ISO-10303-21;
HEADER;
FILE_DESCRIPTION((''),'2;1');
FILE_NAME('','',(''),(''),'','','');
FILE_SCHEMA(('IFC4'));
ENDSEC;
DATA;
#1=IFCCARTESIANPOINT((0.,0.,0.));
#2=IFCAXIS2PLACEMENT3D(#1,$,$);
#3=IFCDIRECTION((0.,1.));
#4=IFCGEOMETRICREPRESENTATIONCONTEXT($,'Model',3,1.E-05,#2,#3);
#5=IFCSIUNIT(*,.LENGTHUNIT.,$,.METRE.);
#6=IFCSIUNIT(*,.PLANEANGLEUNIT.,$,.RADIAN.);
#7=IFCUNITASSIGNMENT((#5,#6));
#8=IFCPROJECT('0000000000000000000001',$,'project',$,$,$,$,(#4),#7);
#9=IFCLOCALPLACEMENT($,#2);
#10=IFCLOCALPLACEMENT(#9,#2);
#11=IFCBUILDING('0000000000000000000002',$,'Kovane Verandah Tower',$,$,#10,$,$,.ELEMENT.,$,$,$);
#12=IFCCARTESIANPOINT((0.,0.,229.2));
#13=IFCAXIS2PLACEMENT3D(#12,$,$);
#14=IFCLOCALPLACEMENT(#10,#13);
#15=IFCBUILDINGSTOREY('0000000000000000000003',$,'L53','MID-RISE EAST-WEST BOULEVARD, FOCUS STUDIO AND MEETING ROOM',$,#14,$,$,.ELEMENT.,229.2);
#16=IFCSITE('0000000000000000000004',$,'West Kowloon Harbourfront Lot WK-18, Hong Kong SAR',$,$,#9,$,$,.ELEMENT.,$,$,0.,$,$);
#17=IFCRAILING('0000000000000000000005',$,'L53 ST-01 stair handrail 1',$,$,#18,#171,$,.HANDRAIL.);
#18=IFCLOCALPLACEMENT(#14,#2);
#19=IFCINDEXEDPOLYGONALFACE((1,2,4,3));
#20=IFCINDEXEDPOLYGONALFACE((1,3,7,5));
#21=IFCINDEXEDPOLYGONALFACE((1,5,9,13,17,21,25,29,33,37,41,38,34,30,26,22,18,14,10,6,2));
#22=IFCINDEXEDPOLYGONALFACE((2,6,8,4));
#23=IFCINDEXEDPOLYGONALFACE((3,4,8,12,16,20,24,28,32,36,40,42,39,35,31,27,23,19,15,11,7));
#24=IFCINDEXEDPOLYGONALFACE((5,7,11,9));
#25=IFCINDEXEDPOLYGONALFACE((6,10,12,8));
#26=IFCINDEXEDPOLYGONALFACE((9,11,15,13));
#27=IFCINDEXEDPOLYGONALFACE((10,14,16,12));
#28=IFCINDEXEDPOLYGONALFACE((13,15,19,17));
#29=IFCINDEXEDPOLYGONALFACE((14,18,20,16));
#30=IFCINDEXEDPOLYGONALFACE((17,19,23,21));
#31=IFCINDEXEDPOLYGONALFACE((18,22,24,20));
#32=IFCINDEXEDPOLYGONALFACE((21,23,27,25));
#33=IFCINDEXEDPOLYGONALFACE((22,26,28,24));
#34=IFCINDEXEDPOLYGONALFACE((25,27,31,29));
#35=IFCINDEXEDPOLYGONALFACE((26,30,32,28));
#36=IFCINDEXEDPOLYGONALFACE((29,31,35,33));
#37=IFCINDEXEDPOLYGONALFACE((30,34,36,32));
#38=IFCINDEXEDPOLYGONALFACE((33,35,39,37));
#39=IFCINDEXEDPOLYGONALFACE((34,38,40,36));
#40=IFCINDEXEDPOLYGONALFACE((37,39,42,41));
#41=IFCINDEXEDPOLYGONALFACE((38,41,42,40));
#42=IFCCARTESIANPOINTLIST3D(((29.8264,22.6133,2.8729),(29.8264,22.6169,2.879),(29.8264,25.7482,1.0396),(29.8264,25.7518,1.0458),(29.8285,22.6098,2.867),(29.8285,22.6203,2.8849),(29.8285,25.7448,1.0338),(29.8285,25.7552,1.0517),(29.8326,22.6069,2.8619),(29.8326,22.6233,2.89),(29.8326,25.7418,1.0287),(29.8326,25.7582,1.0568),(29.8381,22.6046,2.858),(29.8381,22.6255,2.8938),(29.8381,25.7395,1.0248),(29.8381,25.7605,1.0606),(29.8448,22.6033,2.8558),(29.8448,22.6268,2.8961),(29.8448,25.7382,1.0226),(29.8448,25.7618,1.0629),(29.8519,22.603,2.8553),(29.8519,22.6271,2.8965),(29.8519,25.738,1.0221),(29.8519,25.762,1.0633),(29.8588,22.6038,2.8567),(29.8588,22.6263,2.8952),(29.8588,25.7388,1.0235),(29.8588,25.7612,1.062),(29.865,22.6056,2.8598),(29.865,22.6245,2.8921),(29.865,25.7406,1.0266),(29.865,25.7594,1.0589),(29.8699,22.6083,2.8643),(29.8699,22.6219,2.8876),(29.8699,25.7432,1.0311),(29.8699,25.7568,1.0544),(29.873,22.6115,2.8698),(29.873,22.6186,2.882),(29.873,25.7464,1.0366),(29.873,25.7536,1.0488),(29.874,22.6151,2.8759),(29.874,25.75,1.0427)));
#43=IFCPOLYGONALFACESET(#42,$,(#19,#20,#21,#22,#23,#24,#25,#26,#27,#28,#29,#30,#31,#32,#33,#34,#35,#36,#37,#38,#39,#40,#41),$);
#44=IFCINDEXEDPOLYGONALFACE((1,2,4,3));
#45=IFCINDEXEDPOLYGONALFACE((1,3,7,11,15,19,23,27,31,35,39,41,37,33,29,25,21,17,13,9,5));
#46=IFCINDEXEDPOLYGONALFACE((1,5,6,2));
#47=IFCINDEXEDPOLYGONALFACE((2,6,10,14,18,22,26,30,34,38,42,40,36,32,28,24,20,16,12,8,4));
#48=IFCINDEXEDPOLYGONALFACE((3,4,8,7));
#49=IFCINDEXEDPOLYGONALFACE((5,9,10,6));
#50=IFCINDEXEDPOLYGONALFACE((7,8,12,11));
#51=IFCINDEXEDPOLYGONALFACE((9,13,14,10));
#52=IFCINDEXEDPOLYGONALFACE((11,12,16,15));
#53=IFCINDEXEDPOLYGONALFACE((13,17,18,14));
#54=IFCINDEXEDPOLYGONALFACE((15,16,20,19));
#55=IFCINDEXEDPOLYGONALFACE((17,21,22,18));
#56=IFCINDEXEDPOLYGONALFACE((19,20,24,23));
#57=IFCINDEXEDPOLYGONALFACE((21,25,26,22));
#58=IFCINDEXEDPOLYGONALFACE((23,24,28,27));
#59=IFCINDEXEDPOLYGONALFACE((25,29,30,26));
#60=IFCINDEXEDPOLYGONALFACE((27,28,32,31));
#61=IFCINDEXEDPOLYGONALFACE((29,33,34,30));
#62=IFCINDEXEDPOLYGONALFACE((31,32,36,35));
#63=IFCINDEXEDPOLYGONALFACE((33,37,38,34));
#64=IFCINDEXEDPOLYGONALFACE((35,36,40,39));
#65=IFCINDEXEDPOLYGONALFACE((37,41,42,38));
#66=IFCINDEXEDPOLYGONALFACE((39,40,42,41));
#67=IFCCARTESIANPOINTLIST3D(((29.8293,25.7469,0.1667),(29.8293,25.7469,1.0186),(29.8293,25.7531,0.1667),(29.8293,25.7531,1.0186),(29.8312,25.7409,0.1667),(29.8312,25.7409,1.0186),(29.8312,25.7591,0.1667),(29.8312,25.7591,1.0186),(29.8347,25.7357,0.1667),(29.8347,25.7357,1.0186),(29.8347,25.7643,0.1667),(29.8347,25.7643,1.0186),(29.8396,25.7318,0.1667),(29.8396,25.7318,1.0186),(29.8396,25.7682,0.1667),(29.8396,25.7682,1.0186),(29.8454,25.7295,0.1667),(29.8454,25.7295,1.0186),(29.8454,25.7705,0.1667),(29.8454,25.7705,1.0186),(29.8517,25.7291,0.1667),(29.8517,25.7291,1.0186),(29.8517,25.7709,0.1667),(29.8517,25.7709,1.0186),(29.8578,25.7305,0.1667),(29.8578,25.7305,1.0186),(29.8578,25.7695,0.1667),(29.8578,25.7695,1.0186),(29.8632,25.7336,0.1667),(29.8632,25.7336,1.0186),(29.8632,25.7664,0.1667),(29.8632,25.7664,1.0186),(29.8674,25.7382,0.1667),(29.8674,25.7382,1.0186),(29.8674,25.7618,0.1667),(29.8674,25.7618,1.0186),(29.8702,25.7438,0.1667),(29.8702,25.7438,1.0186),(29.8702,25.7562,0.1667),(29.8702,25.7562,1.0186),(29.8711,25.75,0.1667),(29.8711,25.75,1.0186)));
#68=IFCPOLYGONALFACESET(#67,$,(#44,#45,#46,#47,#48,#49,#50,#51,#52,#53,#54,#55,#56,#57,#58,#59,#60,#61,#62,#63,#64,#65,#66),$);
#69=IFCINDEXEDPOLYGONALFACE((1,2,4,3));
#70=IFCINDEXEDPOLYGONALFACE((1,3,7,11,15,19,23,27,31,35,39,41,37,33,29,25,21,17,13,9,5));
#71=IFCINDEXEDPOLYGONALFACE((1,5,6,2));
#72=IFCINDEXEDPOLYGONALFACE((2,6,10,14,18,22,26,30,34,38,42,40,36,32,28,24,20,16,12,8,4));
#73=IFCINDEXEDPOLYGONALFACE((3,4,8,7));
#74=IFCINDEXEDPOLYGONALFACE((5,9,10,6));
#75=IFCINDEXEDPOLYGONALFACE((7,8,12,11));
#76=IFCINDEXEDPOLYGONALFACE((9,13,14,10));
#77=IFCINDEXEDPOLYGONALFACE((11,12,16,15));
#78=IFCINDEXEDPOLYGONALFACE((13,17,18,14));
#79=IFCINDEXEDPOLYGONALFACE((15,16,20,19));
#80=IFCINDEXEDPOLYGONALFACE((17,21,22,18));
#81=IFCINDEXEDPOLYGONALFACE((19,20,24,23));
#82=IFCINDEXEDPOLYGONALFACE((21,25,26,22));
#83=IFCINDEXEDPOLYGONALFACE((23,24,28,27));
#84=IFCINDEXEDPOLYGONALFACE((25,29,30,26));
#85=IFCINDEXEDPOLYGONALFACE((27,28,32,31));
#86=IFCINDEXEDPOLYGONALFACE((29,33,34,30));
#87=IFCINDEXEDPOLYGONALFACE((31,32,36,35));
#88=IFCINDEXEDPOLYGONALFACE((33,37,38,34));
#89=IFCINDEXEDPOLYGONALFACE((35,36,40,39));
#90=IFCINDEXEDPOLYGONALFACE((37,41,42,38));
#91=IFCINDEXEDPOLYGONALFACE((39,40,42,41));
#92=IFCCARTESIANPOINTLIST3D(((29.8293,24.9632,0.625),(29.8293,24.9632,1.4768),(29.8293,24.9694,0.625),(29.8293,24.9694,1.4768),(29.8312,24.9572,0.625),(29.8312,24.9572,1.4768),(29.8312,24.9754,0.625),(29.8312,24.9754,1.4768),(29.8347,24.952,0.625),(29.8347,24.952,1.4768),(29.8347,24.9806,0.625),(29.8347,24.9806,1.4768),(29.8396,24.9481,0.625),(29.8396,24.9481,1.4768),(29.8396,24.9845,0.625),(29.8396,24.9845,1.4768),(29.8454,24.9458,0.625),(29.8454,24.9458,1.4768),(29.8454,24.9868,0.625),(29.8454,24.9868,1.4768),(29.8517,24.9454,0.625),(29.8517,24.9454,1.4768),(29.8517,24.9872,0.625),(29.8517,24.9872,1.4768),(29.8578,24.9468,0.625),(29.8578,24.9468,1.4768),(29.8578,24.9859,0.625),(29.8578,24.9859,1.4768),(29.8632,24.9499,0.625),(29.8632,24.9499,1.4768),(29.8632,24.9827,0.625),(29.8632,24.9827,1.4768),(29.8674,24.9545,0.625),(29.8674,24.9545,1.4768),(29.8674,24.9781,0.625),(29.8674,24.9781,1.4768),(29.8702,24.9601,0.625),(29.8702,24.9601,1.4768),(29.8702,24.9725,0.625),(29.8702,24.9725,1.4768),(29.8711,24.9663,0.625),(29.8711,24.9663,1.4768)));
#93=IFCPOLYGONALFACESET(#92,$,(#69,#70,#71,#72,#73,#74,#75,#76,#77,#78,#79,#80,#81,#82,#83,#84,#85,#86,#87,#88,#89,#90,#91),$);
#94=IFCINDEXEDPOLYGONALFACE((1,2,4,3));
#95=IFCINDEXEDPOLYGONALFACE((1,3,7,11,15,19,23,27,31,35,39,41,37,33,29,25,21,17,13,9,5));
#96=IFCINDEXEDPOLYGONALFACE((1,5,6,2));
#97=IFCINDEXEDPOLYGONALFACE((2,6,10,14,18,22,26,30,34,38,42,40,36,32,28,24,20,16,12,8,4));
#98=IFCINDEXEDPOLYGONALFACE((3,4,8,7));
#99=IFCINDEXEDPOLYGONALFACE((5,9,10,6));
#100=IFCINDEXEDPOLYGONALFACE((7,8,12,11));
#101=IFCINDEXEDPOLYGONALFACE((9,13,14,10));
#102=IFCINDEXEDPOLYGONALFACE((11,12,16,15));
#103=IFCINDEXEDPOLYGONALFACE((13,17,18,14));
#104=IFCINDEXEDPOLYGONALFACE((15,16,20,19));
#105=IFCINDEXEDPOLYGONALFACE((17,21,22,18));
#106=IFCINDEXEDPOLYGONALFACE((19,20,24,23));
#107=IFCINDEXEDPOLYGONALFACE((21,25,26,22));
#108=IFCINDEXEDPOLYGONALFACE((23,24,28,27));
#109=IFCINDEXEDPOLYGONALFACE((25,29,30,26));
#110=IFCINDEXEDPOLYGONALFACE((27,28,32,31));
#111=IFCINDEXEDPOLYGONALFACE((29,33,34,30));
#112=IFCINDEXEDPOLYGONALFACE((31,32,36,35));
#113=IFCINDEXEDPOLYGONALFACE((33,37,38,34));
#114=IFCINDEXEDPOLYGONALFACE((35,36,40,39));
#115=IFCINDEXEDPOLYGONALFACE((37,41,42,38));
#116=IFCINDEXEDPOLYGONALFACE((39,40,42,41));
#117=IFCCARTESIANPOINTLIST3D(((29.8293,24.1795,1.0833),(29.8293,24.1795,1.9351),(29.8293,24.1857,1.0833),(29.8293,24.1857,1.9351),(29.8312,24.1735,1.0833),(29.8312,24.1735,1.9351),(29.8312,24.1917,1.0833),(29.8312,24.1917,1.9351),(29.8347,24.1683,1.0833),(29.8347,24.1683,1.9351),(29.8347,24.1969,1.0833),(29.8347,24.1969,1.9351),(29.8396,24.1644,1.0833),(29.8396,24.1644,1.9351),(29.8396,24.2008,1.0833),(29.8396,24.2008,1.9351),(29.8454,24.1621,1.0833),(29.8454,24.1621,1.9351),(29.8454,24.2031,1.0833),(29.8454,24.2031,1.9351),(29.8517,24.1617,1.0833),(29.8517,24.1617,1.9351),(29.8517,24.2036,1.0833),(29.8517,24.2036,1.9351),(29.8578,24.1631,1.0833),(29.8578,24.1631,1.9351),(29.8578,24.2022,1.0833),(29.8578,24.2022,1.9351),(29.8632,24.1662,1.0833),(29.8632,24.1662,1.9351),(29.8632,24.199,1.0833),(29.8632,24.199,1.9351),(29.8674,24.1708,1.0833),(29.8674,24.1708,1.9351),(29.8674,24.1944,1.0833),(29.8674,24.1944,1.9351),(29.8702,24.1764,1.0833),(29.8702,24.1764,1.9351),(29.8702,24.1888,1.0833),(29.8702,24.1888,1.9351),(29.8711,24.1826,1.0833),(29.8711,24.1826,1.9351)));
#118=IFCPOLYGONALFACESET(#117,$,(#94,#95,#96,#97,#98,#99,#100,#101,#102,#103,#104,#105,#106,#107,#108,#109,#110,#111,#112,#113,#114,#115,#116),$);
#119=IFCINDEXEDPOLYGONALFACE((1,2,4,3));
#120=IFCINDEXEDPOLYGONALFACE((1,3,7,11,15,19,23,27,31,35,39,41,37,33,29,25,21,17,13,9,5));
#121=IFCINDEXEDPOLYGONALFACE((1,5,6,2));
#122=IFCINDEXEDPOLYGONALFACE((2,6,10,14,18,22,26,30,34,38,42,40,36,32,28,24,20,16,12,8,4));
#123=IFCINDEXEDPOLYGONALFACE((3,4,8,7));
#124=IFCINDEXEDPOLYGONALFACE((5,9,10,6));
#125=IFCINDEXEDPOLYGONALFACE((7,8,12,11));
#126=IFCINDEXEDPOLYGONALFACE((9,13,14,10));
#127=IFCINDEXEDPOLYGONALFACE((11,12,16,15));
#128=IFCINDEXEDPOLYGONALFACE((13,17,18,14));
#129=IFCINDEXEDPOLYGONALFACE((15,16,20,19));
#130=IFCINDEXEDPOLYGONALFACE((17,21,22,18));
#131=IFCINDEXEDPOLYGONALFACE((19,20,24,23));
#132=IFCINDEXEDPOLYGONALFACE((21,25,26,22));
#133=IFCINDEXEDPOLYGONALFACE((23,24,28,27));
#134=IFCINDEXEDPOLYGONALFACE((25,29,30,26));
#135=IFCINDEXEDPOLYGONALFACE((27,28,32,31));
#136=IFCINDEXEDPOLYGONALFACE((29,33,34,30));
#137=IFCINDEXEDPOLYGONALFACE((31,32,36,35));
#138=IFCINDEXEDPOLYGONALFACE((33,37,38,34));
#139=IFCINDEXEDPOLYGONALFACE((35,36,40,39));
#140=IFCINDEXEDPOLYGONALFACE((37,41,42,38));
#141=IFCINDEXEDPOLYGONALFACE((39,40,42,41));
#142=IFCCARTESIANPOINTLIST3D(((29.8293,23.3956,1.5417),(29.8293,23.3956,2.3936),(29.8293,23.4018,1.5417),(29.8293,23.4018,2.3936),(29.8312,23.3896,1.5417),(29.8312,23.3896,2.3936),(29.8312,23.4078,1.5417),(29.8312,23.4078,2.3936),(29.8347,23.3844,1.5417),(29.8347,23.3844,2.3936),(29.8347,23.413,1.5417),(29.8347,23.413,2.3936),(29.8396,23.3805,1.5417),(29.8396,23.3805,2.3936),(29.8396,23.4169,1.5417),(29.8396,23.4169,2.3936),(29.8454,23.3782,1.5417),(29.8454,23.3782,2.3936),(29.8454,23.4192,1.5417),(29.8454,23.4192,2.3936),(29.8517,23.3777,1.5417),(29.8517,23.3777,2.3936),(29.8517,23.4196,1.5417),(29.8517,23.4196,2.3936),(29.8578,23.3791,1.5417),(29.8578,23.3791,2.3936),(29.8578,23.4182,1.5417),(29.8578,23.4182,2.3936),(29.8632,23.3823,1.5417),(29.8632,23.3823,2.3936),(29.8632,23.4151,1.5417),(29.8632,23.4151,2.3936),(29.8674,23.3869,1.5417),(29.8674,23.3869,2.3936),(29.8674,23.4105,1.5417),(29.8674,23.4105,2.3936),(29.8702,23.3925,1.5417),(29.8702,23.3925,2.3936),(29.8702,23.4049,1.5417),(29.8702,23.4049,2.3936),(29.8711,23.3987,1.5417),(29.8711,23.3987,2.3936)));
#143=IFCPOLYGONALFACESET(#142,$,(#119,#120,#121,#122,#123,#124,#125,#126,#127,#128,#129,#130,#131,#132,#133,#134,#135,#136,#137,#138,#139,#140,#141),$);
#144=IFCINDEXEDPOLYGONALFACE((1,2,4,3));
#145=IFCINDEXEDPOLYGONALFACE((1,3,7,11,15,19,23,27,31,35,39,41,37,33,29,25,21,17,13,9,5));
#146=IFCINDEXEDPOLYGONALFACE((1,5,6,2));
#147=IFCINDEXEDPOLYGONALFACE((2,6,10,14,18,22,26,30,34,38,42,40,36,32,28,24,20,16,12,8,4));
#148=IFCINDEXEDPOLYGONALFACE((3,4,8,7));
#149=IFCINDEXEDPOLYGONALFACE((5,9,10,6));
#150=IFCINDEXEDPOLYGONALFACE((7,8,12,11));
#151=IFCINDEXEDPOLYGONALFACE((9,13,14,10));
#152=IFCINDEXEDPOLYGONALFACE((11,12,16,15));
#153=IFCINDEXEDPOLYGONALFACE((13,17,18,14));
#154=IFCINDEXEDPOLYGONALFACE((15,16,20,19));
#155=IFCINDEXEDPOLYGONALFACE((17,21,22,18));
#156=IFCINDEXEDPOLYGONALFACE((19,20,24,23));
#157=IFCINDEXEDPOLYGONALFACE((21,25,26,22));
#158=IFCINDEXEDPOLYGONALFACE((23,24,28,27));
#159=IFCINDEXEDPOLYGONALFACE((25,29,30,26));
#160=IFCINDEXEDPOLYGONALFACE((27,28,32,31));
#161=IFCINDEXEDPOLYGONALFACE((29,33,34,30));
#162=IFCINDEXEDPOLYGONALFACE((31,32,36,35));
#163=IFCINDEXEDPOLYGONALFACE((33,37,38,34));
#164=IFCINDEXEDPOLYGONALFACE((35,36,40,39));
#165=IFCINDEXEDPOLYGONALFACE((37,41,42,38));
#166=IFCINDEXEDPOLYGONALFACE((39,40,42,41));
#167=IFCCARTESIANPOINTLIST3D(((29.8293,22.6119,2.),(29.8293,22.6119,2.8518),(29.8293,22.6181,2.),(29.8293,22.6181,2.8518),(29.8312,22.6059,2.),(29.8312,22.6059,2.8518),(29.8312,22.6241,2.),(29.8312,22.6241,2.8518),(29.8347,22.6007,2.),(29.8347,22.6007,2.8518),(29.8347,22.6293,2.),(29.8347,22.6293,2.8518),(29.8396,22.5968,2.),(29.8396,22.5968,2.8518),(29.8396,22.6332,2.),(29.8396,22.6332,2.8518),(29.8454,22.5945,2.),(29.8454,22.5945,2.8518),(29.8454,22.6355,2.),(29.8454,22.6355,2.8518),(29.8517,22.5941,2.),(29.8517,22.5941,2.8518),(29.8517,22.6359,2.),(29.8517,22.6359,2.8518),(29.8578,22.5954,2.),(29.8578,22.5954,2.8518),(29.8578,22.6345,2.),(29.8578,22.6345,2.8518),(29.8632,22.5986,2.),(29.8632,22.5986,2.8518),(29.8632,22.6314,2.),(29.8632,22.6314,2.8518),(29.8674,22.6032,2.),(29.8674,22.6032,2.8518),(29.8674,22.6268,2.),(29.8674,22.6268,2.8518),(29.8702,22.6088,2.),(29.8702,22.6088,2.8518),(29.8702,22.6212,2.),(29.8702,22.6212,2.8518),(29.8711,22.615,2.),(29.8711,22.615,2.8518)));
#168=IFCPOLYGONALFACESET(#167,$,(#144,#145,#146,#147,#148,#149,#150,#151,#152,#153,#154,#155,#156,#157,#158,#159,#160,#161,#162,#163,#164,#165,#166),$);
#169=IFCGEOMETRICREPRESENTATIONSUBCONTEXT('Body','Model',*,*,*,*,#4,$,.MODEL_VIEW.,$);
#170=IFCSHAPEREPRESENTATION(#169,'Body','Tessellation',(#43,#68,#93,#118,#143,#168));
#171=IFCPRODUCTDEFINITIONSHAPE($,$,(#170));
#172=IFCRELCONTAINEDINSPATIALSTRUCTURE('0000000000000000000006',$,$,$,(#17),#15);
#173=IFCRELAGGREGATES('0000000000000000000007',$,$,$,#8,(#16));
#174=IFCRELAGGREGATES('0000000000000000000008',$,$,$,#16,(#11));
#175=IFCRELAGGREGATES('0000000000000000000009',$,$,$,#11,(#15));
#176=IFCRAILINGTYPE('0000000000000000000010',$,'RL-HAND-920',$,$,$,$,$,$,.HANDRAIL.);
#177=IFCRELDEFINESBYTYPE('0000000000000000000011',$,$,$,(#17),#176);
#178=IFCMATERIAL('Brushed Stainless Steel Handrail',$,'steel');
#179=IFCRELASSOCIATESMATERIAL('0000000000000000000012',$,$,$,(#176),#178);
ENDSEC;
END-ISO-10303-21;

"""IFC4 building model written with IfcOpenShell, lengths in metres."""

from ifc_helpers import new_model, si_unit, direction, frame, origin, origin_2d, place, context, subcontext, project, spatial, circle, extrude, material, type_object, element, save


model = new_model("IFC4")

# Units and contexts
model_context = context("Model", 3, precision=1e-05, world=origin(), true_north=direction((0.0, 1.0)))
body_context = subcontext(model_context, "Body", "Model", "MODEL_VIEW")
ifc_project = project(units=[si_unit("LENGTHUNIT", "METRE"), si_unit("PLANEANGLEUNIT", "RADIAN")], contexts=[model_context])

# Site, building, storey
site_placement = place(None, origin())
site = spatial("IfcSite", under=ifc_project, at=site_placement, Name="West Kowloon Harbourfront Lot WK-18, Hong Kong SAR", CompositionType="ELEMENT", RefElevation=0.0)
building_placement = place(site_placement, origin())
building = spatial("IfcBuilding", under=site, at=building_placement, Name="Kovane Verandah Tower", CompositionType="ELEMENT")
storey_placement = place(building_placement, frame((0.0, 0.0, 229.2)))
storey = spatial("IfcBuildingStorey", under=building, at=storey_placement, Name="L53", Description="MID-RISE EAST-WEST BOULEVARD, FOCUS STUDIO AND MEETING ROOM", CompositionType="ELEMENT", Elevation=229.2)

# Railing
ifc_material_1 = material(Name="Brushed Stainless Steel Handrail", Category="steel")
railing_type_1 = type_object("IfcRailingType", Name="RL-HAND-920", PredefinedType="HANDRAIL", material=ifc_material_1)
railing_1_placement = place(storey_placement, frame((29.8501, 25.75, 0.1667)))
element("IfcRailing", 1, at=railing_1_placement, inside=storey, type_object=railing_type_1, Name="L53 ST-01 stair handrail 1", PredefinedType="HANDRAIL", context=body_context, shape_type="SweptSolid", body=[
    extrude(circle(Radius=0.0239, at=origin_2d()), frame((0.0, 0.0, 0.876), z_axis=(0.0, -0.86324, 0.504794), x_axis=(1.0, 0.0, 0.0)), (0.0, 0.0, 1.0), 3.6316),
    extrude(circle(Radius=0.021, at=origin_2d()), origin(), (0.0, 0.0, 1.0), 0.8518),
    extrude(circle(Radius=0.021, at=origin_2d()), frame((0.0, -0.7837, 0.4583)), (0.0, 0.0, 1.0), 0.8518),
    extrude(circle(Radius=0.021, at=origin_2d()), frame((0.0, -1.5674, 0.9165)), (0.0, 0.0, 1.0), 0.8518),
    extrude(circle(Radius=0.021, at=origin_2d()), frame((0.0, -2.3513, 1.375)), (0.0, 0.0, 1.0), 0.8518),
    extrude(circle(Radius=0.021, at=origin_2d()), frame((0.0, -3.135, 1.8333)), (0.0, 0.0, 1.0), 0.8518),
])

save(model, "model.ifc")
